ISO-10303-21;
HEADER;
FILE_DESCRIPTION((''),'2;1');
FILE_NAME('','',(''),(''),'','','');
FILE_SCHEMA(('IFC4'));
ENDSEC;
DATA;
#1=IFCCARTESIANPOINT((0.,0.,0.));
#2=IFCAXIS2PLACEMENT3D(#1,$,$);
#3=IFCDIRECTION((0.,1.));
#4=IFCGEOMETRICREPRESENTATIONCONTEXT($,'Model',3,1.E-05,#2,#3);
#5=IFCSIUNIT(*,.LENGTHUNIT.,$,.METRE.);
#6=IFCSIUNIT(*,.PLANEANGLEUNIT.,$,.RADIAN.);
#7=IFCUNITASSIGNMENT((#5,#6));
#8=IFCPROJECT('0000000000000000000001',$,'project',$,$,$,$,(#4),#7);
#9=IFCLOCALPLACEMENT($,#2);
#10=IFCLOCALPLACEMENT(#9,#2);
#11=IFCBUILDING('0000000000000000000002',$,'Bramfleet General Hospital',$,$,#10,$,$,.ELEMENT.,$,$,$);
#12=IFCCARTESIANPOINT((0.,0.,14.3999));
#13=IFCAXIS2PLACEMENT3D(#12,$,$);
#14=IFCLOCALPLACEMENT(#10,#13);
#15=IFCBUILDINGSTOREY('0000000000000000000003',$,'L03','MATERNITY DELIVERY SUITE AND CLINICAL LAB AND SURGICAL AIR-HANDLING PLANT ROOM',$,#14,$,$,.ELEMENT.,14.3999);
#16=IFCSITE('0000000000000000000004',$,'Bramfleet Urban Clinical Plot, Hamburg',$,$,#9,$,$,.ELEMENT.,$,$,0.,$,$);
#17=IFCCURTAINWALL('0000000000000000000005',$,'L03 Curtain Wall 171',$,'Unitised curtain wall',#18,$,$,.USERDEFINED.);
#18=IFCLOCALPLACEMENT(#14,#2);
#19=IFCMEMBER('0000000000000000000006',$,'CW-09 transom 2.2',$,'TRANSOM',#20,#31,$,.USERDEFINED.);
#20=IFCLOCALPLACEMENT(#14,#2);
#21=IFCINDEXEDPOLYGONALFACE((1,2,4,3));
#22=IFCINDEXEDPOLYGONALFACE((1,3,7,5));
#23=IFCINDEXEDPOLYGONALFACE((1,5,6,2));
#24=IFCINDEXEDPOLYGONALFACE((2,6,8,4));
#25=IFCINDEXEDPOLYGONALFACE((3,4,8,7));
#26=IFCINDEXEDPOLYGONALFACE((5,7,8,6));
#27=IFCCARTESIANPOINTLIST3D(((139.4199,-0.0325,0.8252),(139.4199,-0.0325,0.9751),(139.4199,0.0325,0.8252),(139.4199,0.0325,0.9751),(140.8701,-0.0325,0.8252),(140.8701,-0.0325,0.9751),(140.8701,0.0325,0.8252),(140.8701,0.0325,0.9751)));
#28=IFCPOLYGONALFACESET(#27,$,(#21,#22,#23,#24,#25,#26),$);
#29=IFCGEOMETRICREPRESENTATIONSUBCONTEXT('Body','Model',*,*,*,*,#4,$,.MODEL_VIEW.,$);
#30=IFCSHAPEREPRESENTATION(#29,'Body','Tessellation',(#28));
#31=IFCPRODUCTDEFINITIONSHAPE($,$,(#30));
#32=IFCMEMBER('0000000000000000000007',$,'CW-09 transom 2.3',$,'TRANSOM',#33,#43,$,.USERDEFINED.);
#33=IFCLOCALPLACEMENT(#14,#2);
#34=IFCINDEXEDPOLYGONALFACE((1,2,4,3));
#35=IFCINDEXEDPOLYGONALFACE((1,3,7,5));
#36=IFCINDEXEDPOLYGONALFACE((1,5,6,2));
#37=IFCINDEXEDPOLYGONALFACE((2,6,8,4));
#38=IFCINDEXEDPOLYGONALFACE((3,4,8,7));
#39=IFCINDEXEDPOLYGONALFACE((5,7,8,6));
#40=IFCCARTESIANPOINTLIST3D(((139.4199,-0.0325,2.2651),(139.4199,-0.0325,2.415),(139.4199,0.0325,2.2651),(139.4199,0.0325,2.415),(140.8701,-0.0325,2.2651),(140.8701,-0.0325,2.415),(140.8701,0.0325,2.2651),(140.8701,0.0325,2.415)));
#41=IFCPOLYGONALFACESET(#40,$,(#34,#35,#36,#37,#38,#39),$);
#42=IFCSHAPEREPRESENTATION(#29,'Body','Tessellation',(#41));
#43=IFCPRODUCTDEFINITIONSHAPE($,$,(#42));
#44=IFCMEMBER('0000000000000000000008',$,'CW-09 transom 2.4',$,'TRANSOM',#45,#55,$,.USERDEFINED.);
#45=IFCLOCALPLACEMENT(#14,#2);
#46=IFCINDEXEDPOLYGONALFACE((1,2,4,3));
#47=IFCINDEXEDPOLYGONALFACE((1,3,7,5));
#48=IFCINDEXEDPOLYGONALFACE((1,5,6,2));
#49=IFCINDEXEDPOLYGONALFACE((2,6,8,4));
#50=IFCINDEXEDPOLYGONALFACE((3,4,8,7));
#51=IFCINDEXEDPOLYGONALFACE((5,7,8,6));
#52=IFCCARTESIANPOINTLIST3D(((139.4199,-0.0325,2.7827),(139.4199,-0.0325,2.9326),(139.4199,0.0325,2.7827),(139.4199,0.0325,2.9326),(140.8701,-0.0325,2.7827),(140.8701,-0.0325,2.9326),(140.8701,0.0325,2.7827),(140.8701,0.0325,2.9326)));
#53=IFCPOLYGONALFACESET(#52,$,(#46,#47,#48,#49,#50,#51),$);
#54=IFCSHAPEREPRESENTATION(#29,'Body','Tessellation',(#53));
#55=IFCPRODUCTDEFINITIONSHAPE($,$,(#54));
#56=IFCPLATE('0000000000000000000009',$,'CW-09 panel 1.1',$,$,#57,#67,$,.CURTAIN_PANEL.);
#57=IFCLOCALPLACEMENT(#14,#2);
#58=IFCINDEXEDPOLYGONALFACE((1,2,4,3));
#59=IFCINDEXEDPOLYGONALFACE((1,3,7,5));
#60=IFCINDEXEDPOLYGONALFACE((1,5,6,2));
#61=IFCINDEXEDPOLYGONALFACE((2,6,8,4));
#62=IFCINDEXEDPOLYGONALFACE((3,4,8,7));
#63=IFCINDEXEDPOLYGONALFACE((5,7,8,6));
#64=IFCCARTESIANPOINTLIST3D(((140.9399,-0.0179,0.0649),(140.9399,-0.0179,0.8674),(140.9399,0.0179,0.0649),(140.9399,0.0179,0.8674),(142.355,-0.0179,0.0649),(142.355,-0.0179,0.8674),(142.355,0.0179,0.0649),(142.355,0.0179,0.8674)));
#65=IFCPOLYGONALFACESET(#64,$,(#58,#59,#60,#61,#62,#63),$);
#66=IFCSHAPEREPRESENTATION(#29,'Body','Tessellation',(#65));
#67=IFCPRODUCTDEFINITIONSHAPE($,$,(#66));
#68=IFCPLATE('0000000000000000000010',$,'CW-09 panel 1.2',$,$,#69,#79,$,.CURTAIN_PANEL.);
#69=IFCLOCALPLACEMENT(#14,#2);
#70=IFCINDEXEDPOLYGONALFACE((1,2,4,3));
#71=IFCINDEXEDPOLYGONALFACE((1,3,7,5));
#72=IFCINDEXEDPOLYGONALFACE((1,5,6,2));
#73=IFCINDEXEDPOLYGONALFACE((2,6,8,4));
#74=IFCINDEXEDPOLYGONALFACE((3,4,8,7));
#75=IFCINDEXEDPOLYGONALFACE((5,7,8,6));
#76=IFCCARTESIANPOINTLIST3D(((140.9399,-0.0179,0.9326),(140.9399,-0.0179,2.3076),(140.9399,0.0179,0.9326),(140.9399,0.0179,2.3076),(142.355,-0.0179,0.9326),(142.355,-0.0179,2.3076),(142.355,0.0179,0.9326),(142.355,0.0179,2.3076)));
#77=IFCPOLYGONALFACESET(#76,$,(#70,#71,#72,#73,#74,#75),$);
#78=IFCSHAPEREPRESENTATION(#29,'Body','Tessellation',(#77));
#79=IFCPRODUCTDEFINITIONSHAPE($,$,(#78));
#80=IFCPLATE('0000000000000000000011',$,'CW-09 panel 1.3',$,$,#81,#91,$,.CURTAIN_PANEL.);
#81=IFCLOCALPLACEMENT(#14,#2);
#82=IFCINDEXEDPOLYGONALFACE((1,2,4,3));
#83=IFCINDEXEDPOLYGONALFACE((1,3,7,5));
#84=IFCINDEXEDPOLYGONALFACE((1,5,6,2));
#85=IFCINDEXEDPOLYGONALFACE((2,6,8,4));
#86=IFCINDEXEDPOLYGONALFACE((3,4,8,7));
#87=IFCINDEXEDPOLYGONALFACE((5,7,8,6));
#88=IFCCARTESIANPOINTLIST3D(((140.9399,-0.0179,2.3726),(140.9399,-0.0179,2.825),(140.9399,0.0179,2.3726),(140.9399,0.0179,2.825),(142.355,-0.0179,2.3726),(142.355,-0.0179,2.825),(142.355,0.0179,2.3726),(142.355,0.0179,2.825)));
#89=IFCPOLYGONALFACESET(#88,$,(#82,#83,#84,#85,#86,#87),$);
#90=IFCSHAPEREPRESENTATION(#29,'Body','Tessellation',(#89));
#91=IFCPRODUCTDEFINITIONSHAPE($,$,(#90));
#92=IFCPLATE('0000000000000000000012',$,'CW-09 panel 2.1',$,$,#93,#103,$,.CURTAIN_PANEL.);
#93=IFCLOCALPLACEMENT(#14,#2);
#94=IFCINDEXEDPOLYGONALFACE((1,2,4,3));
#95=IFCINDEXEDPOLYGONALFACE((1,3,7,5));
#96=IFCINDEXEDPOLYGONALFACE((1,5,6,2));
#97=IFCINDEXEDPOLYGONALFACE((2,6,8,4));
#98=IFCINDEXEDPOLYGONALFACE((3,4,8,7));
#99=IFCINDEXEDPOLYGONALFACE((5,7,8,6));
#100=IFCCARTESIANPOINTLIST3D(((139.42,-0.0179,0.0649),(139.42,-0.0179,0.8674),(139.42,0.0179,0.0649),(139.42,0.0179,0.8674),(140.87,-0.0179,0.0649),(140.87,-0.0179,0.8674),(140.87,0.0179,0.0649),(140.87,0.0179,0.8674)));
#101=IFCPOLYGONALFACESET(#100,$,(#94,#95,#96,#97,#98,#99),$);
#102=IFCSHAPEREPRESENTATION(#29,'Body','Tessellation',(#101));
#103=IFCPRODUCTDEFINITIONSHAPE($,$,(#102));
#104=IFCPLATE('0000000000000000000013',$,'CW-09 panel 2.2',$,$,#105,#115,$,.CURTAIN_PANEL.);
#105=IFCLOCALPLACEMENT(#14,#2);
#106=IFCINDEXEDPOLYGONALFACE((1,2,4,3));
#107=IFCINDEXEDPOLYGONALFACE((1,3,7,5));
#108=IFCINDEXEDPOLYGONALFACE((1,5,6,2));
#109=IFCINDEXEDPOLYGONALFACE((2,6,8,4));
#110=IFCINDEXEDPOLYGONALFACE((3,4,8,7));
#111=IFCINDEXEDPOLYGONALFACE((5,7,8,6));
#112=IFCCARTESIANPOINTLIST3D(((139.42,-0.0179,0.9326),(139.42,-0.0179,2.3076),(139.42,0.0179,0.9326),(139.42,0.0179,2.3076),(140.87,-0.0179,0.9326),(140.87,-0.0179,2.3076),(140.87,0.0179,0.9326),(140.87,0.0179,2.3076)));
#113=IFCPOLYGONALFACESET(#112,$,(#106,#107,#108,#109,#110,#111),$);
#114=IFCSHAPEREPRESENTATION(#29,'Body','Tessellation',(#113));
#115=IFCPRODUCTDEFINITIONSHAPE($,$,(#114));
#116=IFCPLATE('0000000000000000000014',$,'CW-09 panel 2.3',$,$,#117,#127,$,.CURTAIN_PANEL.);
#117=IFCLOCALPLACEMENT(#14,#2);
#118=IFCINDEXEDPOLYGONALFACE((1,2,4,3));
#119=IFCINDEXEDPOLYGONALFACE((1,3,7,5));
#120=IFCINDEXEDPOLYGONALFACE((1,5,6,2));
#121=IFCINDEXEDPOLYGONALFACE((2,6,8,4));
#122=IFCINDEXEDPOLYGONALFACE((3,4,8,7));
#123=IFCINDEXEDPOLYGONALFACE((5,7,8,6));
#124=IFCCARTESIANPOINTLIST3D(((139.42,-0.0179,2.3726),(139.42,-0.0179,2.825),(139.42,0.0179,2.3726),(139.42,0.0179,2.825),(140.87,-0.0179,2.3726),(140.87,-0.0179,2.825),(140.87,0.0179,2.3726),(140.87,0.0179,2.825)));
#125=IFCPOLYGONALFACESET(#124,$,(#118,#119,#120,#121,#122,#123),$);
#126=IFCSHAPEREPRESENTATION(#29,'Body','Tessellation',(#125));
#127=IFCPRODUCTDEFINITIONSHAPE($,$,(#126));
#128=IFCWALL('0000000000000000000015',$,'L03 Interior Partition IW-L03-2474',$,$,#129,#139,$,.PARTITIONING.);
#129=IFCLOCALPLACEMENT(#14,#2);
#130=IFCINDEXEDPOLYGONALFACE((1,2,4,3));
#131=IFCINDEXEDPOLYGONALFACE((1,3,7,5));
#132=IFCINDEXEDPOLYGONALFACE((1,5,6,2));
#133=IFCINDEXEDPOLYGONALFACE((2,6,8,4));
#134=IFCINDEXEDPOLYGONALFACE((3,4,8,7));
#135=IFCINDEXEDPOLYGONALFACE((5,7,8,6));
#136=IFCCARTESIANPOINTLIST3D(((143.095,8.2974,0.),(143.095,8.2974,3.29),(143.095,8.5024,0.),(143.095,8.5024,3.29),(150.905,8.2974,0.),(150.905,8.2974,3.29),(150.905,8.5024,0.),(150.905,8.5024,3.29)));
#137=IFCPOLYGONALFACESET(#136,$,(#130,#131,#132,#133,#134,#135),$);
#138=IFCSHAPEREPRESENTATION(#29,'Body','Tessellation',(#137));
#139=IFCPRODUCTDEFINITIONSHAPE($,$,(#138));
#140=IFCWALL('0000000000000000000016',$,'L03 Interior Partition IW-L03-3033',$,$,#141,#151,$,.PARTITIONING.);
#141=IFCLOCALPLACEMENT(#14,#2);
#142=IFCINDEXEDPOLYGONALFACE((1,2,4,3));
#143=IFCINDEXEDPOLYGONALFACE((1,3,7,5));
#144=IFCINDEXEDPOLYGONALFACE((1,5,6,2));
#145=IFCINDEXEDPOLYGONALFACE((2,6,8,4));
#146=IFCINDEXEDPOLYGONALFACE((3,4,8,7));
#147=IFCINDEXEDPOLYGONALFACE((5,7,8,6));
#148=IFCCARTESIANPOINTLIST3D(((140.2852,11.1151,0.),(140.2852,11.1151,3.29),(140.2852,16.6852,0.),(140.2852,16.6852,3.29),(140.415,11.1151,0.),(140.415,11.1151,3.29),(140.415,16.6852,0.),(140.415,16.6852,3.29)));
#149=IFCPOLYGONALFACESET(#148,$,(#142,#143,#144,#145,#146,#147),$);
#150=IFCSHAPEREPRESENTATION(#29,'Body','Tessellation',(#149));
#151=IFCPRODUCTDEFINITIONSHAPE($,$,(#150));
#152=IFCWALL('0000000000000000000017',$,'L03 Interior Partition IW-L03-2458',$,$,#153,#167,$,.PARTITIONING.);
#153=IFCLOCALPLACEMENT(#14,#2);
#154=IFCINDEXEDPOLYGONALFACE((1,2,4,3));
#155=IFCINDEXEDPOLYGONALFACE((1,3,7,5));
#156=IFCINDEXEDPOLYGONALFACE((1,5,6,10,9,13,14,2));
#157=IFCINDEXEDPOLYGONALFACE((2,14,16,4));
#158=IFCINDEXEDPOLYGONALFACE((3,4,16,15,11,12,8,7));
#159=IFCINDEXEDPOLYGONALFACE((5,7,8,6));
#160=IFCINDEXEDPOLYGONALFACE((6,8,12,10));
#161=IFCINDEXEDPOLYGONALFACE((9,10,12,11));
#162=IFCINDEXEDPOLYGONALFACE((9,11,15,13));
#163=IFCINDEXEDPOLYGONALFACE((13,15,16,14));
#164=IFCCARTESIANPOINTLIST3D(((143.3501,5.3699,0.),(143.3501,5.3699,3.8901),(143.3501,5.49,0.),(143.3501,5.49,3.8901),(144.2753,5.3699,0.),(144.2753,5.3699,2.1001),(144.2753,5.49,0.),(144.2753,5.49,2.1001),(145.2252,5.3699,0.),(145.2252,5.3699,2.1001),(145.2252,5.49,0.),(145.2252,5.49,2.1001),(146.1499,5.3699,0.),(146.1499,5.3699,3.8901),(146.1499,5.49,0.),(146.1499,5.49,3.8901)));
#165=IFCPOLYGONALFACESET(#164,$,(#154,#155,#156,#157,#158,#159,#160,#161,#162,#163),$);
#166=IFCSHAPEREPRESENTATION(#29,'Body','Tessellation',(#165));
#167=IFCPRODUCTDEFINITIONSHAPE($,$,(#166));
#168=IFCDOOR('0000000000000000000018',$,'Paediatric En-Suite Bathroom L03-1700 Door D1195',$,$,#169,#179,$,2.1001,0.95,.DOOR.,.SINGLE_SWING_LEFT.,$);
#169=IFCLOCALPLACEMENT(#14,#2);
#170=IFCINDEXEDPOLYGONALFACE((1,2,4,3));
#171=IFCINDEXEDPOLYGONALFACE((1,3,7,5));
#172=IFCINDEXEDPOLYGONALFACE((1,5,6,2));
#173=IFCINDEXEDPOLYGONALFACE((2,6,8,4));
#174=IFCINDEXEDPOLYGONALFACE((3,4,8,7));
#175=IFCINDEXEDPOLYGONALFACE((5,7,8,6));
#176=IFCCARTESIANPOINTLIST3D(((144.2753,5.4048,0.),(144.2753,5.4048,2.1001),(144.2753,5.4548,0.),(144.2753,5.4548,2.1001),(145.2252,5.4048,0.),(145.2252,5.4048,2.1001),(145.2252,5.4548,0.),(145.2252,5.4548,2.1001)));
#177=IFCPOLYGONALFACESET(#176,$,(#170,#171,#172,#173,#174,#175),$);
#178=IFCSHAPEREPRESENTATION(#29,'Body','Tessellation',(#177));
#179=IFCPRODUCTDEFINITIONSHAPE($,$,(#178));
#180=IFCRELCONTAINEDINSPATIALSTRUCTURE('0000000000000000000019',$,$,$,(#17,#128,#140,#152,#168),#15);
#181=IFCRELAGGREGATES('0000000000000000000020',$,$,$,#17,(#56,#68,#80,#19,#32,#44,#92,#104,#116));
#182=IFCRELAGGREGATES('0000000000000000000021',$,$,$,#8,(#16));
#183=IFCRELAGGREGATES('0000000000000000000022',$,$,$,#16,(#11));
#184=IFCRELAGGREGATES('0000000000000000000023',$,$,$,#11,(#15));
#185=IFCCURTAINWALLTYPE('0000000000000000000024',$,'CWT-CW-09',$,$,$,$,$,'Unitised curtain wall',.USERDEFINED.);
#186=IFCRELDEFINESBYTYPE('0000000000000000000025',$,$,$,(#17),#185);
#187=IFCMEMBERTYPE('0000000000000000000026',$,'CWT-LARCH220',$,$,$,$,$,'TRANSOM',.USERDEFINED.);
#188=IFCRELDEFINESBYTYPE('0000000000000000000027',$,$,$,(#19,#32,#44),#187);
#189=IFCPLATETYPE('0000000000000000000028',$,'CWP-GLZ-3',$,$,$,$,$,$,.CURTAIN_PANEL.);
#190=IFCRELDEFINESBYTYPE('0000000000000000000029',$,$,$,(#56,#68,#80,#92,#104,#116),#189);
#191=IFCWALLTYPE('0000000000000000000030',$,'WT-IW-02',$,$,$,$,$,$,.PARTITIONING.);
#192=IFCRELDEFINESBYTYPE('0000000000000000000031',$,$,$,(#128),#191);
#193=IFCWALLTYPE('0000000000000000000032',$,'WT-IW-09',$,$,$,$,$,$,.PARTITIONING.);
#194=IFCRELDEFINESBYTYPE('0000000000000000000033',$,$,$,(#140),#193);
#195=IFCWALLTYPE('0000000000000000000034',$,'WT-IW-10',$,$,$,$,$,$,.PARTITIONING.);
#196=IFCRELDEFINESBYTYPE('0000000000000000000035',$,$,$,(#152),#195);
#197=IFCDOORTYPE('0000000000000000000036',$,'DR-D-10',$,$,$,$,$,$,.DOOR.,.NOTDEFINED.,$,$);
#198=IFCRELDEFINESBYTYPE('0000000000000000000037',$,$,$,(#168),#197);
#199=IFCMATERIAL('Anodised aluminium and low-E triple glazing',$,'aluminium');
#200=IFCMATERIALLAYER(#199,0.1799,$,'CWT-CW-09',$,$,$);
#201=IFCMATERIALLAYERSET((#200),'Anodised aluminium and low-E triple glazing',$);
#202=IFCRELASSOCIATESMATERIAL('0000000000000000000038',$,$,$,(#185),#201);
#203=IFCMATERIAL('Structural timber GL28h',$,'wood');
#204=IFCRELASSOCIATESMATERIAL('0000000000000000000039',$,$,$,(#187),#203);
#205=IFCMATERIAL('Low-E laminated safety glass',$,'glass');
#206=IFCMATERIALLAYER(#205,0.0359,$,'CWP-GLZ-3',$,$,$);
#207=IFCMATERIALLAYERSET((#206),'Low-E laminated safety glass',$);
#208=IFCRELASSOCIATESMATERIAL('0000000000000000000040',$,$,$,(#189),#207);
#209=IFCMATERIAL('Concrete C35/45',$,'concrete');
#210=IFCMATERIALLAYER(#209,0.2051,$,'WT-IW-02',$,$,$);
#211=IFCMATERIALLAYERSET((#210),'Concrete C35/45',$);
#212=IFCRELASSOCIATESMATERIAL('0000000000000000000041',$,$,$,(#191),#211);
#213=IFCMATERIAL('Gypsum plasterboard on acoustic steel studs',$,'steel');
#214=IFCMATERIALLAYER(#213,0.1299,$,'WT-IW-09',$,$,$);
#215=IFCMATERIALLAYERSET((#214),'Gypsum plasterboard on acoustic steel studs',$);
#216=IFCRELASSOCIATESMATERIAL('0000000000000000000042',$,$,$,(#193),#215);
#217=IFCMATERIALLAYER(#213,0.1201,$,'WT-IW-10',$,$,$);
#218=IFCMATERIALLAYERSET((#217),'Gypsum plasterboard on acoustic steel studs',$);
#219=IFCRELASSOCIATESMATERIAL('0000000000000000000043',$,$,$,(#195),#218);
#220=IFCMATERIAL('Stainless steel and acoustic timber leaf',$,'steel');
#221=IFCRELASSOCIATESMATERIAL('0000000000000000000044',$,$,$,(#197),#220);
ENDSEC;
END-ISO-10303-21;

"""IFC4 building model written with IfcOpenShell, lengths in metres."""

from ifc_helpers import new_model, si_unit, direction, frame, frame_2d, origin, origin_2d, place, context, subcontext, project, spatial, rectangle, extrude, material, layer, layer_set, material_profile, profile_set, type_object, element, fill, aggregate, save


model = new_model("IFC4")

# Units and contexts
model_context = context("Model", 3, precision=1e-05, world=origin(), true_north=direction((0.0, 1.0)))
body_context = subcontext(model_context, "Body", "Model", "MODEL_VIEW")
ifc_project = project(units=[si_unit("LENGTHUNIT", "METRE"), si_unit("PLANEANGLEUNIT", "RADIAN")], contexts=[model_context])

# Site, building, storey
site_placement = place(None, origin())
site = spatial("IfcSite", under=ifc_project, at=site_placement, Name="Bramfleet Urban Clinical Plot, Hamburg", CompositionType="ELEMENT", RefElevation=0.0)
building_placement = place(site_placement, origin())
building = spatial("IfcBuilding", under=site, at=building_placement, Name="Bramfleet General Hospital", CompositionType="ELEMENT")
storey_placement = place(building_placement, frame((0.0, 0.0, 14.3999)))
storey = spatial("IfcBuildingStorey", under=building, at=storey_placement, Name="L03", Description="MATERNITY DELIVERY SUITE AND CLINICAL LAB AND SURGICAL AIR-HANDLING PLANT ROOM", CompositionType="ELEMENT", Elevation=14.3999)

# Shared definitions
ifc_material_1 = material(Name="Concrete C35/45", Category="concrete")

# Curtain wall, members, plates
ifc_material_2 = material(Name="Anodised aluminium and low-E triple glazing", Category="aluminium")
ifc_layer_1 = layer(ifc_material_2, 0.1799, Name="CWT-CW-09")
ifc_layer_set_1 = layer_set([ifc_layer_1], Name="Anodised aluminium and low-E triple glazing")
curtain_wall_type = type_object("IfcCurtainWallType", Name="CWT-CW-09", ElementType="Unitised curtain wall", PredefinedType="USERDEFINED", material=ifc_layer_set_1)
curtain_wall_placement = place(storey_placement, origin())
curtain_wall = element("IfcCurtainWall", 1, at=curtain_wall_placement, inside=storey, type_object=curtain_wall_type, Name="L03 Curtain Wall 171", ObjectType="Unitised curtain wall", PredefinedType="USERDEFINED")
ifc_material_3 = material(Name="Structural timber GL28h", Category="wood")
ifc_material_profile_1 = material_profile(ifc_material_3, rectangle(XDim=0.0649, YDim=0.1499, at=origin_2d()), Name="LARCH 150x65")
ifc_profile_set_1 = profile_set([ifc_material_profile_1], Name="Structural timber GL28h")
member_type_1 = type_object("IfcMemberType", Name="CWT-LARCH220", ElementType="TRANSOM", PredefinedType="USERDEFINED", material=ifc_profile_set_1)
member_1_placement = place(storey_placement, frame((140.8701, 0.0, 0.9001), z_axis=(-1.0, 0.0, 0.0), x_axis=(0.0, -1.0, 0.0)))
member_1 = element("IfcMember", 2, at=member_1_placement, type_object=member_type_1, Name="CW-09 transom 2.2", ObjectType="TRANSOM", PredefinedType="USERDEFINED", context=body_context, shape_type="SweptSolid", body=[
    extrude(rectangle(XDim=0.0649, YDim=0.1499, at=origin_2d()), origin(), (0.0, 0.0, 1.0), 1.4502),
])
member_2_placement = place(storey_placement, frame((140.8701, 0.0, 2.3401), z_axis=(-1.0, 0.0, 0.0), x_axis=(0.0, -1.0, 0.0)))
member_2 = element("IfcMember", 3, at=member_2_placement, type_object=member_type_1, Name="CW-09 transom 2.3", ObjectType="TRANSOM", PredefinedType="USERDEFINED", context=body_context, shape_type="SweptSolid", body=[
    extrude(rectangle(XDim=0.0649, YDim=0.1499, at=origin_2d()), origin(), (0.0, 0.0, 1.0), 1.4502),
])
member_3_placement = place(storey_placement, frame((140.8701, 0.0, 2.8577), z_axis=(-1.0, 0.0, 0.0), x_axis=(0.0, -1.0, 0.0)))
member_3 = element("IfcMember", 4, at=member_3_placement, type_object=member_type_1, Name="CW-09 transom 2.4", ObjectType="TRANSOM", PredefinedType="USERDEFINED", context=body_context, shape_type="SweptSolid", body=[
    extrude(rectangle(XDim=0.0649, YDim=0.1499, at=origin_2d()), origin(), (0.0, 0.0, 1.0), 1.4502),
])
ifc_material_4 = material(Name="Low-E laminated safety glass", Category="glass")
ifc_layer_2 = layer(ifc_material_4, 0.0359, Name="CWP-GLZ-3")
ifc_layer_set_2 = layer_set([ifc_layer_2], Name="Low-E laminated safety glass")
plate_type = type_object("IfcPlateType", Name="CWP-GLZ-3", PredefinedType="CURTAIN_PANEL", material=ifc_layer_set_2)
plate_1_placement = place(storey_placement, frame((141.6475, 0.0, 0.0649), z_axis=(0.0, 0.0, 1.0), x_axis=(-1.0, 0.0, 0.0)))
plate_1 = element("IfcPlate", 5, at=plate_1_placement, type_object=plate_type, Name="CW-09 panel 1.1", PredefinedType="CURTAIN_PANEL", context=body_context, shape_type="SweptSolid", body=[
    extrude(rectangle(XDim=1.415, YDim=0.0359, at=origin_2d()), origin(), (0.0, 0.0, 1.0), 0.8025),
])
plate_2_placement = place(storey_placement, frame((141.6475, 0.0, 0.9326), z_axis=(0.0, 0.0, 1.0), x_axis=(-1.0, 0.0, 0.0)))
plate_2 = element("IfcPlate", 6, at=plate_2_placement, type_object=plate_type, Name="CW-09 panel 1.2", PredefinedType="CURTAIN_PANEL", context=body_context, shape_type="SweptSolid", body=[
    extrude(rectangle(XDim=1.415, YDim=0.0359, at=origin_2d()), origin(), (0.0, 0.0, 1.0), 1.375),
])
plate_3_placement = place(storey_placement, frame((141.6475, 0.0, 2.3726), z_axis=(0.0, 0.0, 1.0), x_axis=(-1.0, 0.0, 0.0)))
plate_3 = element("IfcPlate", 7, at=plate_3_placement, type_object=plate_type, Name="CW-09 panel 1.3", PredefinedType="CURTAIN_PANEL", context=body_context, shape_type="SweptSolid", body=[
    extrude(rectangle(XDim=1.415, YDim=0.0359, at=origin_2d()), origin(), (0.0, 0.0, 1.0), 0.4524),
])
plate_4_placement = place(storey_placement, frame((140.145, 0.0, 0.0649), z_axis=(0.0, 0.0, 1.0), x_axis=(-1.0, 0.0, 0.0)))
plate_4 = element("IfcPlate", 8, at=plate_4_placement, type_object=plate_type, Name="CW-09 panel 2.1", PredefinedType="CURTAIN_PANEL", context=body_context, shape_type="SweptSolid", body=[
    extrude(rectangle(XDim=1.45, YDim=0.0359, at=origin_2d()), origin(), (0.0, 0.0, 1.0), 0.8025),
])
plate_5_placement = place(storey_placement, frame((140.145, 0.0, 0.9326), z_axis=(0.0, 0.0, 1.0), x_axis=(-1.0, 0.0, 0.0)))
plate_5 = element("IfcPlate", 9, at=plate_5_placement, type_object=plate_type, Name="CW-09 panel 2.2", PredefinedType="CURTAIN_PANEL", context=body_context, shape_type="SweptSolid", body=[
    extrude(rectangle(XDim=1.45, YDim=0.0359, at=origin_2d()), origin(), (0.0, 0.0, 1.0), 1.375),
])
plate_6_placement = place(storey_placement, frame((140.145, 0.0, 2.3726), z_axis=(0.0, 0.0, 1.0), x_axis=(-1.0, 0.0, 0.0)))
plate_6 = element("IfcPlate", 10, at=plate_6_placement, type_object=plate_type, Name="CW-09 panel 2.3", PredefinedType="CURTAIN_PANEL", context=body_context, shape_type="SweptSolid", body=[
    extrude(rectangle(XDim=1.45, YDim=0.0359, at=origin_2d()), origin(), (0.0, 0.0, 1.0), 0.4524),
])
aggregate(curtain_wall, [plate_1, plate_2, plate_3, member_1, member_2, member_3, plate_4, plate_5, plate_6])

# Walls
ifc_layer_3 = layer(ifc_material_1, 0.2051, Name="WT-IW-02")
ifc_layer_set_3 = layer_set([ifc_layer_3], Name="Concrete C35/45")
wall_type_1 = type_object("IfcWallType", Name="WT-IW-02", PredefinedType="PARTITIONING", material=ifc_layer_set_3)
wall_1_placement = place(storey_placement, frame((143.095, 8.3999, 0.0), z_axis=(0.0, 0.0, 1.0), x_axis=(1.0, 0.0, 0.0)))
element("IfcWall", 11, at=wall_1_placement, inside=storey, type_object=wall_type_1, Name="L03 Interior Partition IW-L03-2474", PredefinedType="PARTITIONING", context=body_context, shape_type="SweptSolid", body=[
    extrude(rectangle(XDim=7.8101, YDim=0.2051, at=frame_2d((3.905, 0.0))), origin(), (0.0, 0.0, 1.0), 3.29),
])
ifc_material_5 = material(Name="Gypsum plasterboard on acoustic steel studs", Category="steel")
ifc_layer_4 = layer(ifc_material_5, 0.1299, Name="WT-IW-09")
ifc_layer_set_4 = layer_set([ifc_layer_4], Name="Gypsum plasterboard on acoustic steel studs")
wall_type_2 = type_object("IfcWallType", Name="WT-IW-09", PredefinedType="PARTITIONING", material=ifc_layer_set_4)
wall_2_placement = place(storey_placement, frame((140.3501, 11.115, 0.0), z_axis=(0.0, 0.0, 1.0), x_axis=(0.0, 1.0, 0.0)))
element("IfcWall", 12, at=wall_2_placement, inside=storey, type_object=wall_type_2, Name="L03 Interior Partition IW-L03-3033", PredefinedType="PARTITIONING", context=body_context, shape_type="SweptSolid", body=[
    extrude(rectangle(XDim=5.5701, YDim=0.1299, at=frame_2d((2.7852, 0.0))), origin(), (0.0, 0.0, 1.0), 3.29),
])

# Wall, opening, door
ifc_layer_5 = layer(ifc_material_5, 0.1201, Name="WT-IW-10")
ifc_layer_set_5 = layer_set([ifc_layer_5], Name="Gypsum plasterboard on acoustic steel studs")
wall_type_3 = type_object("IfcWallType", Name="WT-IW-10", PredefinedType="PARTITIONING", material=ifc_layer_set_5)
wall_3_placement = place(storey_placement, frame((143.3501, 5.4299, 0.0), z_axis=(0.0, 0.0, 1.0), x_axis=(1.0, 0.0, 0.0)))
wall_3 = element("IfcWall", 13, at=wall_3_placement, inside=storey, type_object=wall_type_3, Name="L03 Interior Partition IW-L03-2458", PredefinedType="PARTITIONING", context=body_context, shape_type="SweptSolid", body=[
    extrude(rectangle(XDim=2.7998, YDim=0.1201, at=frame_2d((1.3999, 0.0))), origin(), (0.0, 0.0, 1.0), 3.8901),
])
opening_1_placement = place(wall_3_placement, frame((0.925, 0.0, 0.0)))
opening_1 = element("IfcOpeningElement", 14, at=opening_1_placement, cuts=wall_3, PredefinedType="OPENING", context=body_context, shape_type="SweptSolid", body=[
    extrude(rectangle(XDim=0.95, YDim=2.1001, at=frame_2d((0.4751, 1.05))), frame((0.0, 0.0701, 0.0), z_axis=(0.0, -1.0, 0.0), x_axis=(1.0, 0.0, 0.0)), (0.0, 0.0, 1.0), 0.1401),
])
ifc_material_6 = material(Name="Stainless steel and acoustic timber leaf", Category="steel")
door_type = type_object("IfcDoorType", Name="DR-D-10", OperationType="NOTDEFINED", PredefinedType="DOOR", material=ifc_material_6)
door_1_placement = place(opening_1_placement, origin())
door_1 = element("IfcDoor", 15, at=door_1_placement, inside=storey, type_object=door_type, Name="Paediatric En-Suite Bathroom L03-1700 Door D1195", OperationType="SINGLE_SWING_LEFT", OverallHeight=2.1001, OverallWidth=0.95, PredefinedType="DOOR", context=body_context, shape_type="SweptSolid", body=[
    extrude(rectangle(XDim=0.95, YDim=2.1001, at=frame_2d((0.4751, 1.05))), frame((0.0, 0.0249, 0.0), z_axis=(0.0, -1.0, 0.0), x_axis=(1.0, 0.0, 0.0)), (0.0, 0.0, 1.0), 0.05),
])
fill(opening_1, door_1)

save(model, "model.ifc")
